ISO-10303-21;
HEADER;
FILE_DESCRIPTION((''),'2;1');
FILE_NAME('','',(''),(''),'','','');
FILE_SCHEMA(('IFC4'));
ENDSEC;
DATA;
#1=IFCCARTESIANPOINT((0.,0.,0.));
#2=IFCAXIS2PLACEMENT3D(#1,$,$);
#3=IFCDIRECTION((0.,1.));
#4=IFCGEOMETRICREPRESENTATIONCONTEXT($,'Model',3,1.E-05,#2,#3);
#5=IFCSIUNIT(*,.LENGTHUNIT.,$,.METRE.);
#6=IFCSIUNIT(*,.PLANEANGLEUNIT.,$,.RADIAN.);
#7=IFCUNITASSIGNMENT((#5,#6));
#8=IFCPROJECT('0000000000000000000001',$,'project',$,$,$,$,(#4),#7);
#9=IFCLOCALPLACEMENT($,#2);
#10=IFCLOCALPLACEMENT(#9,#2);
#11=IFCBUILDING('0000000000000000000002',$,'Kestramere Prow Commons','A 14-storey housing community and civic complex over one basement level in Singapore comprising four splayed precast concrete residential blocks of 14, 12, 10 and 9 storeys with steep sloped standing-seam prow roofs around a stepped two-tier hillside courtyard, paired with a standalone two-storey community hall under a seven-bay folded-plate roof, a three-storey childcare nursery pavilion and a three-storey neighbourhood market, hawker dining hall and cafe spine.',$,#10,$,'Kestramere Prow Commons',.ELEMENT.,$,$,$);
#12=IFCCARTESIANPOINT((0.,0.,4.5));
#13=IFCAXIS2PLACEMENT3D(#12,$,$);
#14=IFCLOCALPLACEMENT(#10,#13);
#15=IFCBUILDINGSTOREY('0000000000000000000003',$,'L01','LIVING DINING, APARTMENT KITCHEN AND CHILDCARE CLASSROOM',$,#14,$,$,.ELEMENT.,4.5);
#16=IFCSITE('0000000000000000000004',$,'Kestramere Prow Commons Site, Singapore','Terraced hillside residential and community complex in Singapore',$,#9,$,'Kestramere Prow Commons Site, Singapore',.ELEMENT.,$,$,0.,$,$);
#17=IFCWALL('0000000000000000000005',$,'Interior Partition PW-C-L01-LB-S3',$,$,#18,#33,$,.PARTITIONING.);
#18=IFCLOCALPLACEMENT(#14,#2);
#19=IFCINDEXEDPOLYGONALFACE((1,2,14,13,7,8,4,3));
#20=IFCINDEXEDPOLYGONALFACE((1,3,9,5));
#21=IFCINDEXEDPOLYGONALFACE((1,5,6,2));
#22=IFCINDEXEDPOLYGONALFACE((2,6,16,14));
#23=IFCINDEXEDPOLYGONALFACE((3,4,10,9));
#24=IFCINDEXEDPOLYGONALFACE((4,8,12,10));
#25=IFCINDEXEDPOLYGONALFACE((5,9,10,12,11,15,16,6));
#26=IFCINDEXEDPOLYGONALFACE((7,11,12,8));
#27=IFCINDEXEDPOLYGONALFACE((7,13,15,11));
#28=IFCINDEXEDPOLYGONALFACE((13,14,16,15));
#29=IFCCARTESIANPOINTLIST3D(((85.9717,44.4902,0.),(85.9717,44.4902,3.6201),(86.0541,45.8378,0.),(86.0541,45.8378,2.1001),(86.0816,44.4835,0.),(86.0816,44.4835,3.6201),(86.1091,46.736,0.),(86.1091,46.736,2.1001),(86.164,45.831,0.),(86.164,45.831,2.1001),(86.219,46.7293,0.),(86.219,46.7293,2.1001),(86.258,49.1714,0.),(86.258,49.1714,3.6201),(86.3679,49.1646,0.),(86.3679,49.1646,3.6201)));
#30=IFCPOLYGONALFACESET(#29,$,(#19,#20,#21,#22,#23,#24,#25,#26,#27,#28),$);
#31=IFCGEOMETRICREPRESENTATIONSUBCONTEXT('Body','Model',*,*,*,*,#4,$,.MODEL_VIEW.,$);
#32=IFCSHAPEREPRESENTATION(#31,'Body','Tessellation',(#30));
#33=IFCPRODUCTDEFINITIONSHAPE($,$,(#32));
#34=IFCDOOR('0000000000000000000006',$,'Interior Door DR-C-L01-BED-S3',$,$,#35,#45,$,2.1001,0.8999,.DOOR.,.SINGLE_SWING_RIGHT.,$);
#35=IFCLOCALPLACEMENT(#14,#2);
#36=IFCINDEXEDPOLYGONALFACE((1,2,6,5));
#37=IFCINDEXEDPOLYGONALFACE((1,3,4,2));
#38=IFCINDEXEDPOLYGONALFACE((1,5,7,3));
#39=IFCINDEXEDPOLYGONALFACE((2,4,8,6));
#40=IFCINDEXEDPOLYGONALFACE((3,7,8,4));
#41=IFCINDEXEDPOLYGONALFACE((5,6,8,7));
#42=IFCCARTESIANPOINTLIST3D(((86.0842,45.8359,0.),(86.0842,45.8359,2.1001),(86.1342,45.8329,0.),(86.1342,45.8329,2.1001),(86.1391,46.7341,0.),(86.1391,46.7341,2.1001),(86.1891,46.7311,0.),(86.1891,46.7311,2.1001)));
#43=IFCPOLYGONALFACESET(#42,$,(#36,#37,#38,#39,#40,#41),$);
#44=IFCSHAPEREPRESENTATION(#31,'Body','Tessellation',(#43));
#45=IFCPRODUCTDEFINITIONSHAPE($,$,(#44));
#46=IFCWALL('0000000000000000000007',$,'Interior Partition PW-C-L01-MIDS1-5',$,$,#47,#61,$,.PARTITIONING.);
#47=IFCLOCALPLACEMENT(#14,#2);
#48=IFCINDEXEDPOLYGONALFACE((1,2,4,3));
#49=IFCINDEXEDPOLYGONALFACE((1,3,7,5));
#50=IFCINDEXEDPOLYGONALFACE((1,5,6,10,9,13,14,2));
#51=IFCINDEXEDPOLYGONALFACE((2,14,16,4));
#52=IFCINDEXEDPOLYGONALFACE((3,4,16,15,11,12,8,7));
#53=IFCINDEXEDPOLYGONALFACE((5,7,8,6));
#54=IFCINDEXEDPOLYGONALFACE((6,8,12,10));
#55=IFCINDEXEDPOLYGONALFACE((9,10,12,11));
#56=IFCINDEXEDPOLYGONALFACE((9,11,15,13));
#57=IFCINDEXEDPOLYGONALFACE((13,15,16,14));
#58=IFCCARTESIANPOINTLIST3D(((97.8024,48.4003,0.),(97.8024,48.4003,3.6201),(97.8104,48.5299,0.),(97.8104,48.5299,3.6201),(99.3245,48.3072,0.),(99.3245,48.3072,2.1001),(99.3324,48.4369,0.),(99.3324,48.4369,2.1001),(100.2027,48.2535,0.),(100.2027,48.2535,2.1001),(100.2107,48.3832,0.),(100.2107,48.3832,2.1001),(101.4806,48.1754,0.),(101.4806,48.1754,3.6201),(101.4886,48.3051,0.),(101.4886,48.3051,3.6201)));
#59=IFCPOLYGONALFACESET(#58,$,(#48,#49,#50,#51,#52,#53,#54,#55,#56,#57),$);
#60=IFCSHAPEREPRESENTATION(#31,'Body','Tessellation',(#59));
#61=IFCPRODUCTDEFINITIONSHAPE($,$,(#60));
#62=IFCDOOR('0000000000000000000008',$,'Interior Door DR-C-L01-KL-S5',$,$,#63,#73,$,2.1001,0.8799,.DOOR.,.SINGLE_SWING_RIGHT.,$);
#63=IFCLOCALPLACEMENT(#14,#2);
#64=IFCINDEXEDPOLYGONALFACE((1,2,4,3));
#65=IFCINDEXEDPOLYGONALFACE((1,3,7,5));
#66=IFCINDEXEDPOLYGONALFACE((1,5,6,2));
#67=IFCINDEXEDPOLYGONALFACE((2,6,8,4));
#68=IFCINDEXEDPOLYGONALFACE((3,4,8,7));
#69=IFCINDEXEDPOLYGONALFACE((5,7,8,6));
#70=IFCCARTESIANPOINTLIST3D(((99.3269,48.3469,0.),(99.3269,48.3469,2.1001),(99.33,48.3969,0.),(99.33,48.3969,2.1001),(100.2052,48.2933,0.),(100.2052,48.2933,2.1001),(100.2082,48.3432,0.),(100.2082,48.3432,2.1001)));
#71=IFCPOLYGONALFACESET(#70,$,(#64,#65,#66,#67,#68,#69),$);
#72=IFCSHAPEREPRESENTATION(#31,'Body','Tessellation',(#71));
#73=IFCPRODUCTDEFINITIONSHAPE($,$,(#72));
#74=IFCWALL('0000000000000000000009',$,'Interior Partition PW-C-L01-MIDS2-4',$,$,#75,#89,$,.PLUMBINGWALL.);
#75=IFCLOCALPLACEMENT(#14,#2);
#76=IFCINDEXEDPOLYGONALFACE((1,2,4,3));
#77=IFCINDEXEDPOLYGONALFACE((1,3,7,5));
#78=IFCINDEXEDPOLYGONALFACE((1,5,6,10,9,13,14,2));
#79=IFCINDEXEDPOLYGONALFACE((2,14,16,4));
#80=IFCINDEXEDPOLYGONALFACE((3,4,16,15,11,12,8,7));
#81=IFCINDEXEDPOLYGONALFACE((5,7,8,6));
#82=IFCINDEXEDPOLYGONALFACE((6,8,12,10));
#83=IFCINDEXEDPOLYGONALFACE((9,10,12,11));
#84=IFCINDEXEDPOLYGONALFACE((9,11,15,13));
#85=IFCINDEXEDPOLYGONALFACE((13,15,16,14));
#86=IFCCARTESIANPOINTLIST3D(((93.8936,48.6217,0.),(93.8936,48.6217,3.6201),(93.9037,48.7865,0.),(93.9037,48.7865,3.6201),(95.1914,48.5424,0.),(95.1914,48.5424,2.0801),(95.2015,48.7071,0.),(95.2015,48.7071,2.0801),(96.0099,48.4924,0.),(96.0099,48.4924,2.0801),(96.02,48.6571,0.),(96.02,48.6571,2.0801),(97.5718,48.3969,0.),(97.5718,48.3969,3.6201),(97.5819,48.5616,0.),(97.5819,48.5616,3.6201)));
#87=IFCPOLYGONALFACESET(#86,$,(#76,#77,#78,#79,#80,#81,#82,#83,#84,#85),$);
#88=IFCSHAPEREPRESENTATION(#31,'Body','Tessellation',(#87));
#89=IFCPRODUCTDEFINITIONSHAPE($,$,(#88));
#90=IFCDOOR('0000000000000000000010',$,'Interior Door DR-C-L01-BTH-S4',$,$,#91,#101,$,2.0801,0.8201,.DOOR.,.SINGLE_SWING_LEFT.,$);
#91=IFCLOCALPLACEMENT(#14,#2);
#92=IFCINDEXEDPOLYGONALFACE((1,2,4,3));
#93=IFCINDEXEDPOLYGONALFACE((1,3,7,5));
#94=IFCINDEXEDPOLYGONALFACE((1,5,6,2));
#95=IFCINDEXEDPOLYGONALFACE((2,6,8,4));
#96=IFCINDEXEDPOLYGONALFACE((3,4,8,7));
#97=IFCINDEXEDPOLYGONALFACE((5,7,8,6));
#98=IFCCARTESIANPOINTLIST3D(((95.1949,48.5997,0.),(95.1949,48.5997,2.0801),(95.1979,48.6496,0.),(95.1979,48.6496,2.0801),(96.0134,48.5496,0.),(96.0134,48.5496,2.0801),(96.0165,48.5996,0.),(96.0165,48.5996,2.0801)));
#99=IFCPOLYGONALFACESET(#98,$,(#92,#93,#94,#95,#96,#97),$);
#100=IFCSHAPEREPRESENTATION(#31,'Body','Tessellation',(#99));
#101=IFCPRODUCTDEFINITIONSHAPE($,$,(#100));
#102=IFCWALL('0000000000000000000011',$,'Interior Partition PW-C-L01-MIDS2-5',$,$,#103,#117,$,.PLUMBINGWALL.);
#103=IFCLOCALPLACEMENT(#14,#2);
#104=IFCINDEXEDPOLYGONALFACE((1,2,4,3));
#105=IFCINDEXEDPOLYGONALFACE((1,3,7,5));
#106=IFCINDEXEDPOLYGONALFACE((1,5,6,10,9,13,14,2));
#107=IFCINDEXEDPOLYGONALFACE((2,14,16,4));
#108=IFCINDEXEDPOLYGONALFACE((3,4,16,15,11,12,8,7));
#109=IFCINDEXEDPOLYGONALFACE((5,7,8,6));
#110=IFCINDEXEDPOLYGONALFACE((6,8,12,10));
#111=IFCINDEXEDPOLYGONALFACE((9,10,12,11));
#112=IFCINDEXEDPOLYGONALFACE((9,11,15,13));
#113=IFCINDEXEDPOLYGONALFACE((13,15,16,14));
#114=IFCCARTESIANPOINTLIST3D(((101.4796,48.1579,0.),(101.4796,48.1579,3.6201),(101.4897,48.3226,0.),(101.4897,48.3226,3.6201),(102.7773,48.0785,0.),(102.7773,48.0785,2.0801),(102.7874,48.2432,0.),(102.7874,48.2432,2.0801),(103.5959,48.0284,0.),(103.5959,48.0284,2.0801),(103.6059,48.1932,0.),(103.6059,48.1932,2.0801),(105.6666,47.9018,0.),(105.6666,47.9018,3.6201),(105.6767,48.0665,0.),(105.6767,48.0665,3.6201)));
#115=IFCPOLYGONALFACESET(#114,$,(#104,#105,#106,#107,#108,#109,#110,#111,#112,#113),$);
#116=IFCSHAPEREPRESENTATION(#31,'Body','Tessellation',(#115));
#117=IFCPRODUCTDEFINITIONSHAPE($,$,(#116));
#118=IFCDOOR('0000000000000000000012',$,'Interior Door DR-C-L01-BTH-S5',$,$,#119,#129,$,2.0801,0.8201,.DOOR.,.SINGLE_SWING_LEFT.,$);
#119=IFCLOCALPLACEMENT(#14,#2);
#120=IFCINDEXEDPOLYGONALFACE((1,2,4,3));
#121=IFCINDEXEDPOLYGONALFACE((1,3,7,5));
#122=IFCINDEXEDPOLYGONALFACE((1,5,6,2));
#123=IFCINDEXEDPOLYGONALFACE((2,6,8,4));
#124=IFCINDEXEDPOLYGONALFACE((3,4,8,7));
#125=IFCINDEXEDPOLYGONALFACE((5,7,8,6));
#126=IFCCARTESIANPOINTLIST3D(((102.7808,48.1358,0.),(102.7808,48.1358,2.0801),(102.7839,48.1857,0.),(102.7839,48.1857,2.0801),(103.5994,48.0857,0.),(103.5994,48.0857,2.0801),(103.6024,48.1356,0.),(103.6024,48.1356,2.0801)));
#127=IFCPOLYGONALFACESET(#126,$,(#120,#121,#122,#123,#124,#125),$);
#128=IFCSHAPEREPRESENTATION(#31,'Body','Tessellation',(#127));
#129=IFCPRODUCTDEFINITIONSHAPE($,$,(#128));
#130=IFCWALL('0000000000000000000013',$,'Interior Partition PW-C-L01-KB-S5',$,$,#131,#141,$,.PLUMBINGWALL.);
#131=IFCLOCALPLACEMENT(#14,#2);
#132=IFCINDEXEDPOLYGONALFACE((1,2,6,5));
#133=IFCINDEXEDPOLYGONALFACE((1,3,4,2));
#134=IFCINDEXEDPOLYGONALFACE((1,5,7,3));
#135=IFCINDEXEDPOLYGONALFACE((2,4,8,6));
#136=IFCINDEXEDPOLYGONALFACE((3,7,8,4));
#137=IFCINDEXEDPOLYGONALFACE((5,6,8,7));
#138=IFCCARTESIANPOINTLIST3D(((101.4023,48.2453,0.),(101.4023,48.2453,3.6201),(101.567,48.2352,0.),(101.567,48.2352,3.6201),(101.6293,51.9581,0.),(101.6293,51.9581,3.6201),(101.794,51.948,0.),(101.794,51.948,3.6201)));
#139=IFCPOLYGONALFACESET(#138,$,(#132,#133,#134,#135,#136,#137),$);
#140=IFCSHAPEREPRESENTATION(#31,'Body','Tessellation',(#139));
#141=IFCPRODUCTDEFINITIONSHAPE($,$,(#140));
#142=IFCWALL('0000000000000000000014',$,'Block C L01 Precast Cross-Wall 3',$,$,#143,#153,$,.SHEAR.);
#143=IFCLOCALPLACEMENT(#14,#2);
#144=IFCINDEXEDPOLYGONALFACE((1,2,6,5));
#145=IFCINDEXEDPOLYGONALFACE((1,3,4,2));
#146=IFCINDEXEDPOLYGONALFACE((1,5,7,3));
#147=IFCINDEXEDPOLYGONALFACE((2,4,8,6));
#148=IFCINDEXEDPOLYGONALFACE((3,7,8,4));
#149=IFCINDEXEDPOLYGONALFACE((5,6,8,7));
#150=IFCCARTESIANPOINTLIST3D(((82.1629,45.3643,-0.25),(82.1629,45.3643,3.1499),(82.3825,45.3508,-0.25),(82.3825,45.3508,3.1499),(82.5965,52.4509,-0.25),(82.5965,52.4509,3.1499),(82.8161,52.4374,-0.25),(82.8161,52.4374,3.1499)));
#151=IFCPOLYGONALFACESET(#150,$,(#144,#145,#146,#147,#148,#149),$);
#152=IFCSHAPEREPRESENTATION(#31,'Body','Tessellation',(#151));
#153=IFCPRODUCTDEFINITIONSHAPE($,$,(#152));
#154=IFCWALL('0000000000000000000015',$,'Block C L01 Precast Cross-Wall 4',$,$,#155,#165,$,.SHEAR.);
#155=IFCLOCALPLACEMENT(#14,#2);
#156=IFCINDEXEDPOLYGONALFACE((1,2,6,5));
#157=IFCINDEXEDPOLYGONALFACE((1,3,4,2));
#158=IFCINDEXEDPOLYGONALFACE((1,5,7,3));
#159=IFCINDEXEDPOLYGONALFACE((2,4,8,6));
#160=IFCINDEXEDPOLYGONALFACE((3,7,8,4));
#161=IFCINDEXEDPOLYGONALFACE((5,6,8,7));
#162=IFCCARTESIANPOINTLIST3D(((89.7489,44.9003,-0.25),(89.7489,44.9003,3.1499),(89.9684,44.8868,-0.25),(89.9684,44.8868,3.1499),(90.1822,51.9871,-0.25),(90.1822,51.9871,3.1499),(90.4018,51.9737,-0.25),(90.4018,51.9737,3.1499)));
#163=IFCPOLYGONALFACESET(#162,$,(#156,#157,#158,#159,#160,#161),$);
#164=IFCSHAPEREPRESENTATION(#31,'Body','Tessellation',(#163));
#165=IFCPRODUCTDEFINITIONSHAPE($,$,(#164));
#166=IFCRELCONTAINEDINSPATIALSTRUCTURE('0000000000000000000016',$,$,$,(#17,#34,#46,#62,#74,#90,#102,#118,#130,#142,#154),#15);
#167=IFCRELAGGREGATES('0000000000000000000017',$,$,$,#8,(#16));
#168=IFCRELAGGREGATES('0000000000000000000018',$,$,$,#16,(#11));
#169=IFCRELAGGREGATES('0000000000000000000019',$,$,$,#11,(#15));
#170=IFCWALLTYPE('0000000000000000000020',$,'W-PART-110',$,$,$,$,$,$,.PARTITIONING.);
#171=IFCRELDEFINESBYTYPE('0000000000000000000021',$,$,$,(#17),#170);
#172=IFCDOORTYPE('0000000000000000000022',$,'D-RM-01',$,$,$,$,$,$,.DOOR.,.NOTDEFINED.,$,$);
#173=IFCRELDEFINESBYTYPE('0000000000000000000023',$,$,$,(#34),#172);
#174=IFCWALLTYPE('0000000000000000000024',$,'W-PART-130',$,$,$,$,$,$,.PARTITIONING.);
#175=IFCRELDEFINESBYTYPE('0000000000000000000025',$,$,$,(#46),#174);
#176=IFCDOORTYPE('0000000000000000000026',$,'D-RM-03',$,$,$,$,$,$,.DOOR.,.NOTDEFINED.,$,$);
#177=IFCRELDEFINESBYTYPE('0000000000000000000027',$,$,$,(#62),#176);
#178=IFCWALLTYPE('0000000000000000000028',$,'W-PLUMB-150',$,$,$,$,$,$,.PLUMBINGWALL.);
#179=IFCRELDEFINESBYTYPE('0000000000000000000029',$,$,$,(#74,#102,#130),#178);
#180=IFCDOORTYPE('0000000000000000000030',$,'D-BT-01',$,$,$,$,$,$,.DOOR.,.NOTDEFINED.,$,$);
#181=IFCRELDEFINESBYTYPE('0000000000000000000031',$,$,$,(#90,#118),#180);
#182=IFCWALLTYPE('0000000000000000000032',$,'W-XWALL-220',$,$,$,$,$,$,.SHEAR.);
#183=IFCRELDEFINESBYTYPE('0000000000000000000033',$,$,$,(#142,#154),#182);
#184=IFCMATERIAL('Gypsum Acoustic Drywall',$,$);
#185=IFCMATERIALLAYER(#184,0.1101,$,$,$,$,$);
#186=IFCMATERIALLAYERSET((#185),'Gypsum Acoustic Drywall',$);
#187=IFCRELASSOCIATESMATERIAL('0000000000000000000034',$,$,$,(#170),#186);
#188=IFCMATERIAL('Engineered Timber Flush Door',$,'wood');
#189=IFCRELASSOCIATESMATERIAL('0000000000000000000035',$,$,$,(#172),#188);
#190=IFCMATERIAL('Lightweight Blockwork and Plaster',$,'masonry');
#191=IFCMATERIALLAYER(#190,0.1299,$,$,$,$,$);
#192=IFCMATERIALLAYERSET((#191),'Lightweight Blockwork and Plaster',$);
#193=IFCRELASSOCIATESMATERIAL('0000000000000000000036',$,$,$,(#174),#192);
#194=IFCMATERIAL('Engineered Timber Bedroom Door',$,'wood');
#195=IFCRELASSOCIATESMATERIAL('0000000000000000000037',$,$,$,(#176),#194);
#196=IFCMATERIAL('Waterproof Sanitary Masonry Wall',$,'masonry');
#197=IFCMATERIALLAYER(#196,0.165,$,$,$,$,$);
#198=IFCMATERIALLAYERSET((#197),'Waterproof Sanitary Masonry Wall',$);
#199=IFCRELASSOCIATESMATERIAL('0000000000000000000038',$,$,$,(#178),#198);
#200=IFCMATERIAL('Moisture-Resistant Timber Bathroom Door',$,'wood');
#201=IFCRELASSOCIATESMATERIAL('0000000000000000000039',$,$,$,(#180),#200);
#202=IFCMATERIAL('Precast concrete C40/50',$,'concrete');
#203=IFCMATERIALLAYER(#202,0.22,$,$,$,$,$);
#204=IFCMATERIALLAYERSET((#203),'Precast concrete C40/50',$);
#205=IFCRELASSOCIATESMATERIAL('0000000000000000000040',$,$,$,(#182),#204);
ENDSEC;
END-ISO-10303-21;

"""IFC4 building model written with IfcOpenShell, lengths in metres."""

from ifc_helpers import new_model, si_unit, direction, frame, frame_2d, origin, place, context, subcontext, project, spatial, rectangle, extrude, material, layer, layer_set, type_object, element, fill, save


model = new_model("IFC4")

# Units and contexts
model_context = context("Model", 3, precision=1e-05, world=origin(), true_north=direction((0.0, 1.0)))
body_context = subcontext(model_context, "Body", "Model", "MODEL_VIEW")
ifc_project = project(units=[si_unit("LENGTHUNIT", "METRE"), si_unit("PLANEANGLEUNIT", "RADIAN")], contexts=[model_context])

# Site, building, storey
site_placement = place(None, origin())
site = spatial("IfcSite", under=ifc_project, at=site_placement, Name="Kestramere Prow Commons Site, Singapore", Description="Terraced hillside residential and community complex in Singapore", LongName="Kestramere Prow Commons Site, Singapore", CompositionType="ELEMENT", RefElevation=0.0)
building_placement = place(site_placement, origin())
building = spatial("IfcBuilding", under=site, at=building_placement, Name="Kestramere Prow Commons", Description="A 14-storey housing community and civic complex over one basement level in Singapore comprising four splayed precast concrete residential blocks of 14, 12, 10 and 9 storeys with steep sloped standing-seam prow roofs around a stepped two-tier hillside courtyard, paired with a standalone two-storey community hall under a seven-bay folded-plate roof, a three-storey childcare nursery pavilion and a three-storey neighbourhood market, hawker dining hall and cafe spine.", LongName="Kestramere Prow Commons", CompositionType="ELEMENT")
storey_placement = place(building_placement, frame((0.0, 0.0, 4.5)))
storey = spatial("IfcBuildingStorey", under=building, at=storey_placement, Name="L01", Description="LIVING DINING, APARTMENT KITCHEN AND CHILDCARE CLASSROOM", CompositionType="ELEMENT", Elevation=4.5)

# Shared definitions
ifc_material_1 = material(Name="Precast concrete C40/50", Category="concrete")

# Walls, openings, doors
ifc_material_2 = material(Name="Gypsum Acoustic Drywall")
ifc_layer_1 = layer(ifc_material_2, 0.1101)
ifc_layer_set_1 = layer_set([ifc_layer_1], Name="Gypsum Acoustic Drywall")
wall_type_1 = type_object("IfcWallType", Name="W-PART-110", PredefinedType="PARTITIONING", material=ifc_layer_set_1)
wall_1_placement = place(storey_placement, frame((86.0266, 44.4868, 0.0), z_axis=(0.0, 0.0, 1.0), x_axis=(0.061062, 0.998134, 0.0)))
wall_1 = element("IfcWall", 1, at=wall_1_placement, inside=storey, type_object=wall_type_1, Name="Interior Partition PW-C-L01-LB-S3", PredefinedType="PARTITIONING", context=body_context, shape_type="SweptSolid", body=[
    extrude(rectangle(XDim=4.6899, YDim=0.1101, at=frame_2d((2.345, 0.0))), origin(), (0.0, 0.0, 1.0), 3.6201),
])
opening_1_placement = place(wall_1_placement, frame((1.3501, 0.0, 0.0)))
opening_1 = element("IfcOpeningElement", 2, at=opening_1_placement, cuts=wall_1, PredefinedType="OPENING", context=body_context, shape_type="SweptSolid", body=[
    extrude(rectangle(XDim=0.8999, YDim=2.1001, at=frame_2d((0.45, 1.05))), frame((0.0, 0.0701, 0.0), z_axis=(0.0, -1.0, 0.0), x_axis=(1.0, 0.0, 0.0)), (0.0, 0.0, 1.0), 0.1401),
])
ifc_material_3 = material(Name="Engineered Timber Flush Door", Category="wood")
door_type_1 = type_object("IfcDoorType", Name="D-RM-01", OperationType="NOTDEFINED", PredefinedType="DOOR", material=ifc_material_3)
door_1_placement = place(opening_1_placement, origin())
door_1 = element("IfcDoor", 3, at=door_1_placement, inside=storey, type_object=door_type_1, Name="Interior Door DR-C-L01-BED-S3", OperationType="SINGLE_SWING_RIGHT", OverallHeight=2.1001, OverallWidth=0.8999, PredefinedType="DOOR", context=body_context, shape_type="SweptSolid", body=[
    extrude(rectangle(XDim=0.8999, YDim=2.1001, at=frame_2d((0.45, 1.05))), frame((0.0, 0.0249, 0.0), z_axis=(0.0, -1.0, 0.0), x_axis=(1.0, 0.0, 0.0)), (0.0, 0.0, 1.0), 0.05),
])
fill(opening_1, door_1)
ifc_material_4 = material(Name="Lightweight Blockwork and Plaster", Category="masonry")
ifc_layer_2 = layer(ifc_material_4, 0.1299)
ifc_layer_set_2 = layer_set([ifc_layer_2], Name="Lightweight Blockwork and Plaster")
wall_type_2 = type_object("IfcWallType", Name="W-PART-130", PredefinedType="PARTITIONING", material=ifc_layer_set_2)
wall_2_placement = place(storey_placement, frame((97.8064, 48.4651, 0.0), z_axis=(0.0, 0.0, 1.0), x_axis=(0.998137, -0.061017, 0.0)))
wall_2 = element("IfcWall", 4, at=wall_2_placement, inside=storey, type_object=wall_type_2, Name="Interior Partition PW-C-L01-MIDS1-5", PredefinedType="PARTITIONING", context=body_context, shape_type="SweptSolid", body=[
    extrude(rectangle(XDim=3.6851, YDim=0.1299, at=frame_2d((1.8425, 0.0))), origin(), (0.0, 0.0, 1.0), 3.6201),
])
opening_2_placement = place(wall_2_placement, frame((1.5249, 0.0, 0.0)))
opening_2 = element("IfcOpeningElement", 5, at=opening_2_placement, cuts=wall_2, PredefinedType="OPENING", context=body_context, shape_type="SweptSolid", body=[
    extrude(rectangle(XDim=0.8799, YDim=2.1001, at=frame_2d((0.4399, 1.05))), frame((0.0, 0.0798, 0.0), z_axis=(0.0, -1.0, 0.0), x_axis=(1.0, 0.0, 0.0)), (0.0, 0.0, 1.0), 0.1599),
])
ifc_material_5 = material(Name="Engineered Timber Bedroom Door", Category="wood")
door_type_2 = type_object("IfcDoorType", Name="D-RM-03", OperationType="NOTDEFINED", PredefinedType="DOOR", material=ifc_material_5)
door_2_placement = place(opening_2_placement, origin())
door_2 = element("IfcDoor", 6, at=door_2_placement, inside=storey, type_object=door_type_2, Name="Interior Door DR-C-L01-KL-S5", OperationType="SINGLE_SWING_RIGHT", OverallHeight=2.1001, OverallWidth=0.8799, PredefinedType="DOOR", context=body_context, shape_type="SweptSolid", body=[
    extrude(rectangle(XDim=0.8799, YDim=2.1001, at=frame_2d((0.4399, 1.05))), frame((0.0, 0.0249, 0.0), z_axis=(0.0, -1.0, 0.0), x_axis=(1.0, 0.0, 0.0)), (0.0, 0.0, 1.0), 0.05),
])
fill(opening_2, door_2)
ifc_material_6 = material(Name="Waterproof Sanitary Masonry Wall", Category="masonry")
ifc_layer_3 = layer(ifc_material_6, 0.165)
ifc_layer_set_3 = layer_set([ifc_layer_3], Name="Waterproof Sanitary Masonry Wall")
wall_type_3 = type_object("IfcWallType", Name="W-PLUMB-150", PredefinedType="PLUMBINGWALL", material=ifc_layer_set_3)
wall_3_placement = place(storey_placement, frame((93.8987, 48.7041, 0.0), z_axis=(0.0, 0.0, 1.0), x_axis=(0.998137, -0.061017, 0.0)))
wall_3 = element("IfcWall", 7, at=wall_3_placement, inside=storey, type_object=wall_type_3, Name="Interior Partition PW-C-L01-MIDS2-4", PredefinedType="PLUMBINGWALL", context=body_context, shape_type="SweptSolid", body=[
    extrude(rectangle(XDim=3.6851, YDim=0.165, at=frame_2d((1.8425, 0.0))), origin(), (0.0, 0.0, 1.0), 3.6201),
])
opening_3_placement = place(wall_3_placement, frame((1.3, 0.0, 0.0)))
opening_3 = element("IfcOpeningElement", 8, at=opening_3_placement, cuts=wall_3, PredefinedType="OPENING", context=body_context, shape_type="SweptSolid", body=[
    extrude(rectangle(XDim=0.8201, YDim=2.0801, at=frame_2d((0.4102, 1.04))), frame((0.0, 0.0974, 0.0), z_axis=(0.0, -1.0, 0.0), x_axis=(1.0, 0.0, 0.0)), (0.0, 0.0, 1.0), 0.1951),
])
ifc_material_7 = material(Name="Moisture-Resistant Timber Bathroom Door", Category="wood")
door_type_3 = type_object("IfcDoorType", Name="D-BT-01", OperationType="NOTDEFINED", PredefinedType="DOOR", material=ifc_material_7)
door_3_placement = place(opening_3_placement, origin())
door_3 = element("IfcDoor", 9, at=door_3_placement, inside=storey, type_object=door_type_3, Name="Interior Door DR-C-L01-BTH-S4", OperationType="SINGLE_SWING_LEFT", OverallHeight=2.0801, OverallWidth=0.8201, PredefinedType="DOOR", context=body_context, shape_type="SweptSolid", body=[
    extrude(rectangle(XDim=0.8201, YDim=2.0801, at=frame_2d((0.4102, 1.04))), frame((0.0, 0.0249, 0.0), z_axis=(0.0, -1.0, 0.0), x_axis=(1.0, 0.0, 0.0)), (0.0, 0.0, 1.0), 0.05),
])
fill(opening_3, door_3)
wall_4_placement = place(storey_placement, frame((101.4846, 48.2402, 0.0), z_axis=(0.0, 0.0, 1.0), x_axis=(0.998135, -0.061052, 0.0)))
wall_4 = element("IfcWall", 10, at=wall_4_placement, inside=storey, type_object=wall_type_3, Name="Interior Partition PW-C-L01-MIDS2-5", PredefinedType="PLUMBINGWALL", context=body_context, shape_type="SweptSolid", body=[
    extrude(rectangle(XDim=4.1948, YDim=0.165, at=frame_2d((2.0974, 0.0))), origin(), (0.0, 0.0, 1.0), 3.6201),
])
opening_4_placement = place(wall_4_placement, frame((1.3, 0.0, 0.0)))
opening_4 = element("IfcOpeningElement", 11, at=opening_4_placement, cuts=wall_4, PredefinedType="OPENING", context=body_context, shape_type="SweptSolid", body=[
    extrude(rectangle(XDim=0.8201, YDim=2.0801, at=frame_2d((0.4102, 1.04))), frame((0.0, 0.0974, 0.0), z_axis=(0.0, -1.0, 0.0), x_axis=(1.0, 0.0, 0.0)), (0.0, 0.0, 1.0), 0.1951),
])
door_4_placement = place(opening_4_placement, origin())
door_4 = element("IfcDoor", 12, at=door_4_placement, inside=storey, type_object=door_type_3, Name="Interior Door DR-C-L01-BTH-S5", OperationType="SINGLE_SWING_LEFT", OverallHeight=2.0801, OverallWidth=0.8201, PredefinedType="DOOR", context=body_context, shape_type="SweptSolid", body=[
    extrude(rectangle(XDim=0.8201, YDim=2.0801, at=frame_2d((0.4102, 1.04))), frame((0.0, 0.0249, 0.0), z_axis=(0.0, -1.0, 0.0), x_axis=(1.0, 0.0, 0.0)), (0.0, 0.0, 1.0), 0.05),
])
fill(opening_4, door_4)

# Walls
wall_5_placement = place(storey_placement, frame((101.4846, 48.2402, 0.0), z_axis=(0.0, 0.0, 1.0), x_axis=(0.061038, 0.998135, 0.0)))
element("IfcWall", 13, at=wall_5_placement, inside=storey, type_object=wall_type_3, Name="Interior Partition PW-C-L01-KB-S5", PredefinedType="PLUMBINGWALL", context=body_context, shape_type="SweptSolid", body=[
    extrude(rectangle(XDim=3.7197, YDim=0.165, at=frame_2d((1.8599, 0.0))), origin(), (0.0, 0.0, 1.0), 3.6201),
])
ifc_layer_4 = layer(ifc_material_1, 0.22)
ifc_layer_set_4 = layer_set([ifc_layer_4], Name="Precast concrete C40/50")
wall_type_4 = type_object("IfcWallType", Name="W-XWALL-220", PredefinedType="SHEAR", material=ifc_layer_set_4)
wall_6_placement = place(storey_placement, frame((82.2727, 45.3577, -0.25), z_axis=(0.0, 0.0, 1.0), x_axis=(0.06107, 0.998133, 0.0)))
element("IfcWall", 14, at=wall_6_placement, inside=storey, type_object=wall_type_4, Name="Block C L01 Precast Cross-Wall 3", PredefinedType="SHEAR", context=body_context, shape_type="SweptSolid", body=[
    extrude(rectangle(XDim=7.0999, YDim=0.22, at=frame_2d((3.5498, 0.0))), origin(), (0.0, 0.0, 1.0), 3.3999),
])
wall_7_placement = place(storey_placement, frame((89.8586, 44.8936, -0.25), z_axis=(0.0, 0.0, 1.0), x_axis=(0.061034, 0.998136, 0.0)))
element("IfcWall", 15, at=wall_7_placement, inside=storey, type_object=wall_type_4, Name="Block C L01 Precast Cross-Wall 4", PredefinedType="SHEAR", context=body_context, shape_type="SweptSolid", body=[
    extrude(rectangle(XDim=7.1001, YDim=0.22, at=frame_2d((3.55, 0.0))), origin(), (0.0, 0.0, 1.0), 3.3999),
])

save(model, "model.ifc")
